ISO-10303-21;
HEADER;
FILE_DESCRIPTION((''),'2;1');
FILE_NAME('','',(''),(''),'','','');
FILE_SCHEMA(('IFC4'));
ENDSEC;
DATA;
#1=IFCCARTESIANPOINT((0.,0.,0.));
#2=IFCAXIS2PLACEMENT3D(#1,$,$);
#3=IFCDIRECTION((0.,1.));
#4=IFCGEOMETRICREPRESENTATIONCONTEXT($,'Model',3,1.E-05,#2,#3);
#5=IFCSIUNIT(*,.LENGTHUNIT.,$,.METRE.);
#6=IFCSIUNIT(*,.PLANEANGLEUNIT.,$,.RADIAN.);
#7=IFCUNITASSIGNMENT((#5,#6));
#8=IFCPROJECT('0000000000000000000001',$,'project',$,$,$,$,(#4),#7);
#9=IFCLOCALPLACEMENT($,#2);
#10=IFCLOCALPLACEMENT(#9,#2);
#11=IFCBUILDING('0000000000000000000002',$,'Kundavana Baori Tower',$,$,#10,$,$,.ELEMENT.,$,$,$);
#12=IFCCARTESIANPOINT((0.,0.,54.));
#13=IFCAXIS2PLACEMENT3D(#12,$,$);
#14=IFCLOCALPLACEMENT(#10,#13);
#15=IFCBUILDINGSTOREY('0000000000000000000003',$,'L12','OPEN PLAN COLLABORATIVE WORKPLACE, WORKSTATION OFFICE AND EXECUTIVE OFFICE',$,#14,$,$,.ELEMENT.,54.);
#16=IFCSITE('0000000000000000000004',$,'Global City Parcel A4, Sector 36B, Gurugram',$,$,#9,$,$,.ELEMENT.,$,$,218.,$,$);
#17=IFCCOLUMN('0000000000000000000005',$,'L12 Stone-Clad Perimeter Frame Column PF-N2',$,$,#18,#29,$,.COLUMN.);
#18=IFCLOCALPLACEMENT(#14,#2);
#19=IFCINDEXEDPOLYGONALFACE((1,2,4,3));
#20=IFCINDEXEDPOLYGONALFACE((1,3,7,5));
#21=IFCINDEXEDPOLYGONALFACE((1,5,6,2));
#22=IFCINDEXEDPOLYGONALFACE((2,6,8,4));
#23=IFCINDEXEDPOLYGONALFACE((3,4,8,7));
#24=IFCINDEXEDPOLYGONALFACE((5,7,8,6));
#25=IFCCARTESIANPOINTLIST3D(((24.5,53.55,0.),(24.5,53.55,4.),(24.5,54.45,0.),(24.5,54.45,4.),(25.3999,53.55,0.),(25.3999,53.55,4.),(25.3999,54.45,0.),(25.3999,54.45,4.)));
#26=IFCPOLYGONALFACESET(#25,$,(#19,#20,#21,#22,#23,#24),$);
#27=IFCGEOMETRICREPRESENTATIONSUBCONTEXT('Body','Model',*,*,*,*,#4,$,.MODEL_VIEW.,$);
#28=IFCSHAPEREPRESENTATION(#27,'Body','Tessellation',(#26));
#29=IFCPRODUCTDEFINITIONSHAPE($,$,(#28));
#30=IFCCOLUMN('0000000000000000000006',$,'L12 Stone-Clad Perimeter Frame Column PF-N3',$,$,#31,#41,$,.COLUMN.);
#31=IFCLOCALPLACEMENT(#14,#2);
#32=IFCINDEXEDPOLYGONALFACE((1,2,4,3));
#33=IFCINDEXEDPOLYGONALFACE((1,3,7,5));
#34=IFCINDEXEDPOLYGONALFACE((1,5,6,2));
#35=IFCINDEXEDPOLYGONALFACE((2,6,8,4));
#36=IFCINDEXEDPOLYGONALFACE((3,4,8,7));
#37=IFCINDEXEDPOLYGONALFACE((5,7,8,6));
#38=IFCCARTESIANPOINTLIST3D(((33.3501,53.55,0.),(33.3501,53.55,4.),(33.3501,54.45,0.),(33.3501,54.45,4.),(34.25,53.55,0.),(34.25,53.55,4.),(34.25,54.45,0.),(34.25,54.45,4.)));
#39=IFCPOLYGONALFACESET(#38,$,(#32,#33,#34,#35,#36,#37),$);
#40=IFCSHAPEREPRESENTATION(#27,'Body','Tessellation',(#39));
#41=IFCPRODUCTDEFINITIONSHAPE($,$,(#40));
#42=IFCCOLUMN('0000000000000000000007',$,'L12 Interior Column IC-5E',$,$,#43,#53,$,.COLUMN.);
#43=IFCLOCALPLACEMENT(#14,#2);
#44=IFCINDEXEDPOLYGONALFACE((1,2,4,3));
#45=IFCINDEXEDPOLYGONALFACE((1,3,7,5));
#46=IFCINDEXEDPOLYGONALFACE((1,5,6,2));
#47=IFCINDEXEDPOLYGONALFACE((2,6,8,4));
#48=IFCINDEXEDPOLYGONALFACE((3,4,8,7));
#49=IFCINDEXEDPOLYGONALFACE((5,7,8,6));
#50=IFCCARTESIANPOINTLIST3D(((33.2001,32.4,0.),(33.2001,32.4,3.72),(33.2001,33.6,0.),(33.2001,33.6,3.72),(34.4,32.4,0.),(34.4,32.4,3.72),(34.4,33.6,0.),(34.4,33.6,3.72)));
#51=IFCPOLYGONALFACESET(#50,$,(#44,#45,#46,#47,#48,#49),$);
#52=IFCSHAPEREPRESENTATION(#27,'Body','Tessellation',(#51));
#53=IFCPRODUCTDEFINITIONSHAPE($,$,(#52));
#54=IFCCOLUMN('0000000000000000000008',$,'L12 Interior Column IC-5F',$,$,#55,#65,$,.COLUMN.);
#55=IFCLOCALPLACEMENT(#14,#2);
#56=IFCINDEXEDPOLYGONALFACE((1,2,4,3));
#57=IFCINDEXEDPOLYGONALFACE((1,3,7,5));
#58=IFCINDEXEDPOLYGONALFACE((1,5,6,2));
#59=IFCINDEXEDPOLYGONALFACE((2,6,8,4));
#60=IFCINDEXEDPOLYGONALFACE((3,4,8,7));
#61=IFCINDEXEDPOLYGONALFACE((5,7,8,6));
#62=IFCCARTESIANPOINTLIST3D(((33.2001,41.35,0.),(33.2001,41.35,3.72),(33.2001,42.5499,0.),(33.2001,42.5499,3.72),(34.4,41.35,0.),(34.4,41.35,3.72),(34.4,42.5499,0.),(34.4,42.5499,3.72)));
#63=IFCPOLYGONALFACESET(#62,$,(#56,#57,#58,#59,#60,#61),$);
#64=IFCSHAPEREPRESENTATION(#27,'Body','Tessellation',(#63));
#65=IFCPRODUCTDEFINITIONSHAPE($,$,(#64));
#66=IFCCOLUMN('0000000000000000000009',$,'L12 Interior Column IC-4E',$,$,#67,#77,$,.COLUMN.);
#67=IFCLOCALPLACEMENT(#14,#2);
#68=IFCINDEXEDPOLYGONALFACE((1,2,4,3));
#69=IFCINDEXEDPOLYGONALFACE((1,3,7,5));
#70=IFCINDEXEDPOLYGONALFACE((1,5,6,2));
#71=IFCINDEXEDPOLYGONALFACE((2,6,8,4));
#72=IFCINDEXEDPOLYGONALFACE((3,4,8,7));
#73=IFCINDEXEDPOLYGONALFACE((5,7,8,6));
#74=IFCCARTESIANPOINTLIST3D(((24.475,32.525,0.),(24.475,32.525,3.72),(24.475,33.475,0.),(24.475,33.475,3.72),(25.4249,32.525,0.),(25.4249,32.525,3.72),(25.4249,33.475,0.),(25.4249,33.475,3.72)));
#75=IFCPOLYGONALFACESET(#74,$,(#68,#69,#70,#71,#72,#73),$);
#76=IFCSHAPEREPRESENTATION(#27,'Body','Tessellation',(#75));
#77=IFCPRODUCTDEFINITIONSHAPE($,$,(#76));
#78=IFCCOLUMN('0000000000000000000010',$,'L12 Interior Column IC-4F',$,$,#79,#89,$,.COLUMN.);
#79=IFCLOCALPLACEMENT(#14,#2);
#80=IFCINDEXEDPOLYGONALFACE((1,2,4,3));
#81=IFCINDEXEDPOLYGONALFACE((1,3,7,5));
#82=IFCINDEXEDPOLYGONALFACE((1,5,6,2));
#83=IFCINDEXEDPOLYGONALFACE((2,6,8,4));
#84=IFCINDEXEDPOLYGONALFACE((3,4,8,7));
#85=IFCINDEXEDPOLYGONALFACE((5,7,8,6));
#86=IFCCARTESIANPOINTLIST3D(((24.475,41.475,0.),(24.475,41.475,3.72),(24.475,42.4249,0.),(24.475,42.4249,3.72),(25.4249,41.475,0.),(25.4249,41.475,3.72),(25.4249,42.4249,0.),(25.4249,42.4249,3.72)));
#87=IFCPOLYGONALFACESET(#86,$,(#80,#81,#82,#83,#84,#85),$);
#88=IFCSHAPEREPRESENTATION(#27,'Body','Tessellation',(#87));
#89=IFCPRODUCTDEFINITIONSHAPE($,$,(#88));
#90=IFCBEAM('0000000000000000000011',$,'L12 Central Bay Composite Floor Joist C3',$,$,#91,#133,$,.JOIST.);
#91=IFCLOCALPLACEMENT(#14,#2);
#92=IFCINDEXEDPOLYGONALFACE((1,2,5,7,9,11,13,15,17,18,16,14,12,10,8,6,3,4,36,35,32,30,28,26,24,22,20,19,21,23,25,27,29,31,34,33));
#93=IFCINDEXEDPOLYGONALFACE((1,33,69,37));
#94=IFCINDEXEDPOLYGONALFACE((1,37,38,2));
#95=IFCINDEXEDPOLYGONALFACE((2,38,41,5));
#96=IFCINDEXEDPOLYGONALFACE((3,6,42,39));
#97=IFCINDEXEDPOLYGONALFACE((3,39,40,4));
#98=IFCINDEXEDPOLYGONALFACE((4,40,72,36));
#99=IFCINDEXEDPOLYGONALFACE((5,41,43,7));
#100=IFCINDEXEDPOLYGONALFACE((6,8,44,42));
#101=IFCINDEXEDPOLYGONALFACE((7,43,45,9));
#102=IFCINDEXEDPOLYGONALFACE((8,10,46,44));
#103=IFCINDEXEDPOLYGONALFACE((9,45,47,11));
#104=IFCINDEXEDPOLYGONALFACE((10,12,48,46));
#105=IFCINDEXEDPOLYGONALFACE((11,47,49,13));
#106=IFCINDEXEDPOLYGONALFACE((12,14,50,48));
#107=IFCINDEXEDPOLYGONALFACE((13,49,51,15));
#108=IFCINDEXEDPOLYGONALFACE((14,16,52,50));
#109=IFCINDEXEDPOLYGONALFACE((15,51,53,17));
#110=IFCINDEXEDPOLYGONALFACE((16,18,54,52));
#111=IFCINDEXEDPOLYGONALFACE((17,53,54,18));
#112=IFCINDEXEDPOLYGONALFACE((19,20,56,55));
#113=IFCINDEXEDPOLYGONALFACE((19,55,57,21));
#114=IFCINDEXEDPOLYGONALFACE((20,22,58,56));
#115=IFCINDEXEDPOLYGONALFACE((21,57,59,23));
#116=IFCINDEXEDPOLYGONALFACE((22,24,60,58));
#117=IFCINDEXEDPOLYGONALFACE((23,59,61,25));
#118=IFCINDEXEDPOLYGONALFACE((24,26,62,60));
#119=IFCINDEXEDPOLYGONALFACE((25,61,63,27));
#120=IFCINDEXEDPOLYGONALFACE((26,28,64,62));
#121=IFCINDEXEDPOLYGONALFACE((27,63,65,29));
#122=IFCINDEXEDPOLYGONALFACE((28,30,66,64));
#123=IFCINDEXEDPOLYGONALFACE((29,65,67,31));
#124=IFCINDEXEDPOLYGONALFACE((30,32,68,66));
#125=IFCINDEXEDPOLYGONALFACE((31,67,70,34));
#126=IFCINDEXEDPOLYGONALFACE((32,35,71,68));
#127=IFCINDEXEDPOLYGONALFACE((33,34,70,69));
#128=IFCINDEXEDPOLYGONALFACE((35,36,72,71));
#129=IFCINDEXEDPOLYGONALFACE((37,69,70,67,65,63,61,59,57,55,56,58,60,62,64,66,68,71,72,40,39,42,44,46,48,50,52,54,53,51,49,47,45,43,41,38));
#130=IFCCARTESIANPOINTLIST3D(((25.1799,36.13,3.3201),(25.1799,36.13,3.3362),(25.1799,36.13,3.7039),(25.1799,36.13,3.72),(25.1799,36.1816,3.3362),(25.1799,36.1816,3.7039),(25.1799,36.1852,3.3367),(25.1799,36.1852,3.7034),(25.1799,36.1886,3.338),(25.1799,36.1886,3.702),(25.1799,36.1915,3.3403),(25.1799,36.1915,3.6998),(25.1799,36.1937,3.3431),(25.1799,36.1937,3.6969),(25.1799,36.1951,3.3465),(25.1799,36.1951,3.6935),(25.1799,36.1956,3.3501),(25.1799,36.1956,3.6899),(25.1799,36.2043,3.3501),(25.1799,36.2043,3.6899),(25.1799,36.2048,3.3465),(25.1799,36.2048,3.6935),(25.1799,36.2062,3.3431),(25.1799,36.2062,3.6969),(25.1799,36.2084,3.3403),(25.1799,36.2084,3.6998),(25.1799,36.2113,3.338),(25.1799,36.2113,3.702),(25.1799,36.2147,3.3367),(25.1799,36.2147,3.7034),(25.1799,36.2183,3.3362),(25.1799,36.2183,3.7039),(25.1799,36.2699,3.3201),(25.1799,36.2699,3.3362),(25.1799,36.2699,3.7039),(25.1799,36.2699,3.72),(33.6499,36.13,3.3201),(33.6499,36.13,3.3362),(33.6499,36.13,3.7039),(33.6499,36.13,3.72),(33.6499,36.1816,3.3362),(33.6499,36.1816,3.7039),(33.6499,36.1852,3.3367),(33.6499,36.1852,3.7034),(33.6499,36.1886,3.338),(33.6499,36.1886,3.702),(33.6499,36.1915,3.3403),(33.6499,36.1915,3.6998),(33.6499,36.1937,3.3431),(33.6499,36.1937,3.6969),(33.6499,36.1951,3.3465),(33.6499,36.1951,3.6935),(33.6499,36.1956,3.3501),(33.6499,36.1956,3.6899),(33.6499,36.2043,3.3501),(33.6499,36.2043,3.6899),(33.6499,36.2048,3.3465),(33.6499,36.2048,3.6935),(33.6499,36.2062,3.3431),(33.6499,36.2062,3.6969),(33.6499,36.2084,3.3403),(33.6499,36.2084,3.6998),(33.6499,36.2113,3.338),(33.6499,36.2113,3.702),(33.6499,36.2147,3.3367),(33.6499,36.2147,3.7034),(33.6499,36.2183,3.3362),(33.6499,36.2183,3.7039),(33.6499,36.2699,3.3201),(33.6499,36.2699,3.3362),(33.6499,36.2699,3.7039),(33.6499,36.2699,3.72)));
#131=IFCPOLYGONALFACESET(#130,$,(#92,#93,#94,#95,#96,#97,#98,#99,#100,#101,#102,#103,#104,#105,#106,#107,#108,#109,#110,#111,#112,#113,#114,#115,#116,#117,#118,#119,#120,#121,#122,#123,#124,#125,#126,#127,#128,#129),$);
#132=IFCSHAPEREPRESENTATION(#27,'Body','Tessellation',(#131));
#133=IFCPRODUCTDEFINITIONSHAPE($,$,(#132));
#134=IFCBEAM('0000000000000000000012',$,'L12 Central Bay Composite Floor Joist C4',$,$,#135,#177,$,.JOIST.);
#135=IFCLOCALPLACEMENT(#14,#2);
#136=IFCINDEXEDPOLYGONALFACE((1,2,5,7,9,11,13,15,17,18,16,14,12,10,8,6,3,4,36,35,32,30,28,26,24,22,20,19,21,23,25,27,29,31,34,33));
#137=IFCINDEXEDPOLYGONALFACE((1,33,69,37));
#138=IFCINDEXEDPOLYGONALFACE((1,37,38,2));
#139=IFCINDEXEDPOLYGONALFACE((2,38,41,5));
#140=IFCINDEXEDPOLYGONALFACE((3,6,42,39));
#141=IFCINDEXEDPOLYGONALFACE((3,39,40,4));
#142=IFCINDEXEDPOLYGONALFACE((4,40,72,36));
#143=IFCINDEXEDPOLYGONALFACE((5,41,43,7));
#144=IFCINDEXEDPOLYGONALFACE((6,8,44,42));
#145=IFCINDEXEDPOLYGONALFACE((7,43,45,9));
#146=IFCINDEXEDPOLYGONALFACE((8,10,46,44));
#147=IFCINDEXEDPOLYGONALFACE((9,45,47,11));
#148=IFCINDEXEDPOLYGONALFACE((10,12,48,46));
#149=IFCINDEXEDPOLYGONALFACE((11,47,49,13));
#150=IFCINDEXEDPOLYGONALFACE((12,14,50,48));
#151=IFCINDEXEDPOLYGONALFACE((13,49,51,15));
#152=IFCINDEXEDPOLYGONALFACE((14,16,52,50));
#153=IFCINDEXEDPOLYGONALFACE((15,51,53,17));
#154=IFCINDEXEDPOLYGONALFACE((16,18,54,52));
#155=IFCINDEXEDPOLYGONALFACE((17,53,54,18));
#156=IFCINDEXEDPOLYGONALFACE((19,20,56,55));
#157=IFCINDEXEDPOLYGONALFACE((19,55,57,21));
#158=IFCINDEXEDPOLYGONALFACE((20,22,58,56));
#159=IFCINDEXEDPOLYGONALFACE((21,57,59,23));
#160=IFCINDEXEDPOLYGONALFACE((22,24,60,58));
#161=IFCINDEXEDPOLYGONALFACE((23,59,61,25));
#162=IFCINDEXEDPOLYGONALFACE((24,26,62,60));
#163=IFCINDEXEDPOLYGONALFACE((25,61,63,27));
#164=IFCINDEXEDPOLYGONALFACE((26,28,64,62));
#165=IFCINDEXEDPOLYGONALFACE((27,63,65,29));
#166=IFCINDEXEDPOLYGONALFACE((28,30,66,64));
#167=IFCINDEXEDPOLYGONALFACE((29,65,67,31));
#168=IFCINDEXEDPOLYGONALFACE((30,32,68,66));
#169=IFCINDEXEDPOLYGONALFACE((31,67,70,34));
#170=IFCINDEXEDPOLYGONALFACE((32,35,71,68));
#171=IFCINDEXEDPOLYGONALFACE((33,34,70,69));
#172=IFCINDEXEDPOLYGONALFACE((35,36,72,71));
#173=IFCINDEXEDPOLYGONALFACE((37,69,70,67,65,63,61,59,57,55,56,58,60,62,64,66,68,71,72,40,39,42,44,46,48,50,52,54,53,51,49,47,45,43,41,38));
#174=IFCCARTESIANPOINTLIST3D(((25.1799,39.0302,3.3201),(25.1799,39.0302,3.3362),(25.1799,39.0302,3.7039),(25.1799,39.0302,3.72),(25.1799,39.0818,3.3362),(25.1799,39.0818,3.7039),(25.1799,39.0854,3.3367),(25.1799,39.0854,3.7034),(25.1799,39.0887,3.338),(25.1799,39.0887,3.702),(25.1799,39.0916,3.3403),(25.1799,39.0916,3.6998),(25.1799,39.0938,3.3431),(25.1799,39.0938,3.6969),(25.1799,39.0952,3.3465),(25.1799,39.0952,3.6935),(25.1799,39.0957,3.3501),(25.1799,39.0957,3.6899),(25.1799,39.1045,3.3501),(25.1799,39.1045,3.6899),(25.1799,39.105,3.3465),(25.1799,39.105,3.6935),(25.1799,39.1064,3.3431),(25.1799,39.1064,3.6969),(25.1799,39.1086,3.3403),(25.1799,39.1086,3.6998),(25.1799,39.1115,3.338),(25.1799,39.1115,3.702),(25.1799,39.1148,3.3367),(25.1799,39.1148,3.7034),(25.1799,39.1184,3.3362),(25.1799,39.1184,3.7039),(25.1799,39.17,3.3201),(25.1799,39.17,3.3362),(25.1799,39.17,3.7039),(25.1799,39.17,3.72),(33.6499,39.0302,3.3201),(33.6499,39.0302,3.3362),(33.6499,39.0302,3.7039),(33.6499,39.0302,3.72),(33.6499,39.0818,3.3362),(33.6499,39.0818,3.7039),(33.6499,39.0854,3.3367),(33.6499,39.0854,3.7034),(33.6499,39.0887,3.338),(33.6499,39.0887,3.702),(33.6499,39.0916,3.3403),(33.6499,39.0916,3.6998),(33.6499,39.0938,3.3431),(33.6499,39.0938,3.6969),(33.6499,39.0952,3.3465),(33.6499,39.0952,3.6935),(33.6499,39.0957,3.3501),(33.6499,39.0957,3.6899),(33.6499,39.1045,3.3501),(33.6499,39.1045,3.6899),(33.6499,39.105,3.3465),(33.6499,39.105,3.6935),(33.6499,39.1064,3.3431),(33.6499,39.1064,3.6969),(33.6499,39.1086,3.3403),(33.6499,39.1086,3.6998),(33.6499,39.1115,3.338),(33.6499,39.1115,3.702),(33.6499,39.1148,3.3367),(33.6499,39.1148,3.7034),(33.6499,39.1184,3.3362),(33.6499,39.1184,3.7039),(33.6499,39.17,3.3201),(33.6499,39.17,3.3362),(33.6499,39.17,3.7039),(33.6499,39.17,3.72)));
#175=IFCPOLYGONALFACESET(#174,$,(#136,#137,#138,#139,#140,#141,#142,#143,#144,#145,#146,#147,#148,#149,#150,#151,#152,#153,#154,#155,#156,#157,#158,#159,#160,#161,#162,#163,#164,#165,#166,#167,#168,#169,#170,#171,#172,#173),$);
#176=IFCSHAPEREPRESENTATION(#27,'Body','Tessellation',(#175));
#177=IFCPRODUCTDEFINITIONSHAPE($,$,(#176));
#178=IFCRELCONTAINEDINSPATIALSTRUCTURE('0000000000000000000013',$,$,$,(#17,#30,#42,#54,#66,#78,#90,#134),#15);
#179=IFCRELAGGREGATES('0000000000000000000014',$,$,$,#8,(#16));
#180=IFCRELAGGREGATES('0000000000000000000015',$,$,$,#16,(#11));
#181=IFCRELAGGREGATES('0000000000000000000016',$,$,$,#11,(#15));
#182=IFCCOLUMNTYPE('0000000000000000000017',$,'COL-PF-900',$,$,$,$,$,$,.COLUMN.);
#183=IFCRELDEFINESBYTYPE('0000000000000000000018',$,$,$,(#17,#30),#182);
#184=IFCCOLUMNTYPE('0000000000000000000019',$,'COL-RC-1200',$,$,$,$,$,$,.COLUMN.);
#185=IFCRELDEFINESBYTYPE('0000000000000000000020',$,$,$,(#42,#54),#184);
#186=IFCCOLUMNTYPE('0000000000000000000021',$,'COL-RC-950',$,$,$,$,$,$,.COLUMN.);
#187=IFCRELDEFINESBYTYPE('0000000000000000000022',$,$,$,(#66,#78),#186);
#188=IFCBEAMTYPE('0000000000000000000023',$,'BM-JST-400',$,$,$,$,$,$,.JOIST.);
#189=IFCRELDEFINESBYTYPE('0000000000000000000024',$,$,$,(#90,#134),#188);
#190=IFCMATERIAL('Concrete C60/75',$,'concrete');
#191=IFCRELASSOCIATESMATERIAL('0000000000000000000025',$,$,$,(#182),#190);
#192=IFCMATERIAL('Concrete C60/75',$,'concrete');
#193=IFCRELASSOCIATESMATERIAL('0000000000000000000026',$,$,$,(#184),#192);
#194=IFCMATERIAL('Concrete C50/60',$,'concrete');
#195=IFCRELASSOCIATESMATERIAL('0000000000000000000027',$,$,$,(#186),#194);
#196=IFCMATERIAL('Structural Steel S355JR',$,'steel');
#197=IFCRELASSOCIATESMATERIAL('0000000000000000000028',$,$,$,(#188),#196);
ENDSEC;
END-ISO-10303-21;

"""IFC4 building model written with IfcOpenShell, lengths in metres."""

from ifc_helpers import new_model, si_unit, direction, frame, origin, origin_2d, place, context, subcontext, project, spatial, rectangle, i_section, extrude, material, material_profile, profile_set, type_object, element, save


model = new_model("IFC4")

# Units and contexts
model_context = context("Model", 3, precision=1e-05, world=origin(), true_north=direction((0.0, 1.0)))
body_context = subcontext(model_context, "Body", "Model", "MODEL_VIEW")
ifc_project = project(units=[si_unit("LENGTHUNIT", "METRE"), si_unit("PLANEANGLEUNIT", "RADIAN")], contexts=[model_context])

# Site, building, storey
site_placement = place(None, origin())
site = spatial("IfcSite", under=ifc_project, at=site_placement, Name="Global City Parcel A4, Sector 36B, Gurugram", CompositionType="ELEMENT", RefElevation=218.0)
building_placement = place(site_placement, origin())
building = spatial("IfcBuilding", under=site, at=building_placement, Name="Kundavana Baori Tower", CompositionType="ELEMENT")
storey_placement = place(building_placement, frame((0.0, 0.0, 54.0)))
storey = spatial("IfcBuildingStorey", under=building, at=storey_placement, Name="L12", Description="OPEN PLAN COLLABORATIVE WORKPLACE, WORKSTATION OFFICE AND EXECUTIVE OFFICE", CompositionType="ELEMENT", Elevation=54.0)

# Columns
ifc_material_1 = material(Name="Concrete C60/75", Category="concrete")
ifc_material_profile_1 = material_profile(ifc_material_1, rectangle(XDim=0.8999, YDim=0.8999, at=origin_2d()), Name="RC PF 900x900")
ifc_profile_set_1 = profile_set([ifc_material_profile_1], Name="Concrete C60/75")
column_type_1 = type_object("IfcColumnType", Name="COL-PF-900", PredefinedType="COLUMN", material=ifc_profile_set_1)
for number, where, z_axis, x_axis, name in (
    (1, (24.95, 54.0, 0.0), (0.0, 0.0, 1.0), (1.0, 0.0, 0.0), "L12 Stone-Clad Perimeter Frame Column PF-N2"),
    (2, (33.8, 54.0, 0.0), (0.0, 0.0, 1.0), (1.0, 0.0, 0.0), "L12 Stone-Clad Perimeter Frame Column PF-N3"),
):
    element("IfcColumn", number, at=place(storey_placement, frame(where, z_axis=z_axis, x_axis=x_axis)), inside=storey, type_object=column_type_1, Name=name, PredefinedType="COLUMN", context=body_context, shape_type="SweptSolid", body=[
        extrude(rectangle(XDim=0.8999, YDim=0.8999, at=origin_2d()), origin(), (0.0, 0.0, 1.0), 4.0),
    ])
ifc_material_2 = material(Name="Concrete C60/75", Category="concrete")
ifc_material_profile_2 = material_profile(ifc_material_2, rectangle(XDim=1.2, YDim=1.2, at=origin_2d()), Name="RC 1200x1200")
ifc_profile_set_2 = profile_set([ifc_material_profile_2], Name="Concrete C60/75")
column_type_2 = type_object("IfcColumnType", Name="COL-RC-1200", PredefinedType="COLUMN", material=ifc_profile_set_2)
for number, where, z_axis, x_axis, name in (
    (3, (33.8, 33.0, 0.0), (0.0, 0.0, 1.0), (1.0, 0.0, 0.0), "L12 Interior Column IC-5E"),
    (4, (33.8, 41.95, 0.0), (0.0, 0.0, 1.0), (1.0, 0.0, 0.0), "L12 Interior Column IC-5F"),
):
    element("IfcColumn", number, at=place(storey_placement, frame(where, z_axis=z_axis, x_axis=x_axis)), inside=storey, type_object=column_type_2, Name=name, PredefinedType="COLUMN", context=body_context, shape_type="SweptSolid", body=[
        extrude(rectangle(XDim=1.2, YDim=1.2, at=origin_2d()), origin(), (0.0, 0.0, 1.0), 3.72),
    ])
ifc_material_3 = material(Name="Concrete C50/60", Category="concrete")
ifc_material_profile_3 = material_profile(ifc_material_3, rectangle(XDim=0.95, YDim=0.95, at=origin_2d()), Name="RC 950x950")
ifc_profile_set_3 = profile_set([ifc_material_profile_3], Name="Concrete C50/60")
column_type_3 = type_object("IfcColumnType", Name="COL-RC-950", PredefinedType="COLUMN", material=ifc_profile_set_3)
for number, where, z_axis, x_axis, name in (
    (5, (24.95, 33.0, 0.0), (0.0, 0.0, 1.0), (1.0, 0.0, 0.0), "L12 Interior Column IC-4E"),
    (6, (24.95, 41.95, 0.0), (0.0, 0.0, 1.0), (1.0, 0.0, 0.0), "L12 Interior Column IC-4F"),
):
    element("IfcColumn", number, at=place(storey_placement, frame(where, z_axis=z_axis, x_axis=x_axis)), inside=storey, type_object=column_type_3, Name=name, PredefinedType="COLUMN", context=body_context, shape_type="SweptSolid", body=[
        extrude(rectangle(XDim=0.95, YDim=0.95, at=origin_2d()), origin(), (0.0, 0.0, 1.0), 3.72),
    ])

# Beams
ifc_material_4 = material(Name="Structural Steel S355JR", Category="steel")
ifc_material_profile_4 = material_profile(ifc_material_4, i_section(OverallWidth=0.1399, OverallDepth=0.3999, WebThickness=0.0088, FlangeThickness=0.0161, FilletRadius=0.0139, at=origin_2d()), Name="ISMB 400")
ifc_profile_set_4 = profile_set([ifc_material_profile_4], Name="Structural Steel S355JR")
beam_type_1 = type_object("IfcBeamType", Name="BM-JST-400", PredefinedType="JOIST", material=ifc_profile_set_4)
for number, where, z_axis, x_axis, name in (
    (7, (25.1799, 36.2, 3.52), (1.0, 0.0, 0.0), (0.0, 1.0, 0.0), "L12 Central Bay Composite Floor Joist C3"),
    (8, (25.1799, 39.1001, 3.52), (1.0, 0.0, 0.0), (0.0, 1.0, 0.0), "L12 Central Bay Composite Floor Joist C4"),
):
    element("IfcBeam", number, at=place(storey_placement, frame(where, z_axis=z_axis, x_axis=x_axis)), inside=storey, type_object=beam_type_1, Name=name, PredefinedType="JOIST", context=body_context, shape_type="SweptSolid", body=[
        extrude(i_section(OverallWidth=0.1399, OverallDepth=0.3999, WebThickness=0.0088, FlangeThickness=0.0161, FilletRadius=0.0139, at=origin_2d()), origin(), (0.0, 0.0, 1.0), 8.47),
    ])

save(model, "model.ifc")
